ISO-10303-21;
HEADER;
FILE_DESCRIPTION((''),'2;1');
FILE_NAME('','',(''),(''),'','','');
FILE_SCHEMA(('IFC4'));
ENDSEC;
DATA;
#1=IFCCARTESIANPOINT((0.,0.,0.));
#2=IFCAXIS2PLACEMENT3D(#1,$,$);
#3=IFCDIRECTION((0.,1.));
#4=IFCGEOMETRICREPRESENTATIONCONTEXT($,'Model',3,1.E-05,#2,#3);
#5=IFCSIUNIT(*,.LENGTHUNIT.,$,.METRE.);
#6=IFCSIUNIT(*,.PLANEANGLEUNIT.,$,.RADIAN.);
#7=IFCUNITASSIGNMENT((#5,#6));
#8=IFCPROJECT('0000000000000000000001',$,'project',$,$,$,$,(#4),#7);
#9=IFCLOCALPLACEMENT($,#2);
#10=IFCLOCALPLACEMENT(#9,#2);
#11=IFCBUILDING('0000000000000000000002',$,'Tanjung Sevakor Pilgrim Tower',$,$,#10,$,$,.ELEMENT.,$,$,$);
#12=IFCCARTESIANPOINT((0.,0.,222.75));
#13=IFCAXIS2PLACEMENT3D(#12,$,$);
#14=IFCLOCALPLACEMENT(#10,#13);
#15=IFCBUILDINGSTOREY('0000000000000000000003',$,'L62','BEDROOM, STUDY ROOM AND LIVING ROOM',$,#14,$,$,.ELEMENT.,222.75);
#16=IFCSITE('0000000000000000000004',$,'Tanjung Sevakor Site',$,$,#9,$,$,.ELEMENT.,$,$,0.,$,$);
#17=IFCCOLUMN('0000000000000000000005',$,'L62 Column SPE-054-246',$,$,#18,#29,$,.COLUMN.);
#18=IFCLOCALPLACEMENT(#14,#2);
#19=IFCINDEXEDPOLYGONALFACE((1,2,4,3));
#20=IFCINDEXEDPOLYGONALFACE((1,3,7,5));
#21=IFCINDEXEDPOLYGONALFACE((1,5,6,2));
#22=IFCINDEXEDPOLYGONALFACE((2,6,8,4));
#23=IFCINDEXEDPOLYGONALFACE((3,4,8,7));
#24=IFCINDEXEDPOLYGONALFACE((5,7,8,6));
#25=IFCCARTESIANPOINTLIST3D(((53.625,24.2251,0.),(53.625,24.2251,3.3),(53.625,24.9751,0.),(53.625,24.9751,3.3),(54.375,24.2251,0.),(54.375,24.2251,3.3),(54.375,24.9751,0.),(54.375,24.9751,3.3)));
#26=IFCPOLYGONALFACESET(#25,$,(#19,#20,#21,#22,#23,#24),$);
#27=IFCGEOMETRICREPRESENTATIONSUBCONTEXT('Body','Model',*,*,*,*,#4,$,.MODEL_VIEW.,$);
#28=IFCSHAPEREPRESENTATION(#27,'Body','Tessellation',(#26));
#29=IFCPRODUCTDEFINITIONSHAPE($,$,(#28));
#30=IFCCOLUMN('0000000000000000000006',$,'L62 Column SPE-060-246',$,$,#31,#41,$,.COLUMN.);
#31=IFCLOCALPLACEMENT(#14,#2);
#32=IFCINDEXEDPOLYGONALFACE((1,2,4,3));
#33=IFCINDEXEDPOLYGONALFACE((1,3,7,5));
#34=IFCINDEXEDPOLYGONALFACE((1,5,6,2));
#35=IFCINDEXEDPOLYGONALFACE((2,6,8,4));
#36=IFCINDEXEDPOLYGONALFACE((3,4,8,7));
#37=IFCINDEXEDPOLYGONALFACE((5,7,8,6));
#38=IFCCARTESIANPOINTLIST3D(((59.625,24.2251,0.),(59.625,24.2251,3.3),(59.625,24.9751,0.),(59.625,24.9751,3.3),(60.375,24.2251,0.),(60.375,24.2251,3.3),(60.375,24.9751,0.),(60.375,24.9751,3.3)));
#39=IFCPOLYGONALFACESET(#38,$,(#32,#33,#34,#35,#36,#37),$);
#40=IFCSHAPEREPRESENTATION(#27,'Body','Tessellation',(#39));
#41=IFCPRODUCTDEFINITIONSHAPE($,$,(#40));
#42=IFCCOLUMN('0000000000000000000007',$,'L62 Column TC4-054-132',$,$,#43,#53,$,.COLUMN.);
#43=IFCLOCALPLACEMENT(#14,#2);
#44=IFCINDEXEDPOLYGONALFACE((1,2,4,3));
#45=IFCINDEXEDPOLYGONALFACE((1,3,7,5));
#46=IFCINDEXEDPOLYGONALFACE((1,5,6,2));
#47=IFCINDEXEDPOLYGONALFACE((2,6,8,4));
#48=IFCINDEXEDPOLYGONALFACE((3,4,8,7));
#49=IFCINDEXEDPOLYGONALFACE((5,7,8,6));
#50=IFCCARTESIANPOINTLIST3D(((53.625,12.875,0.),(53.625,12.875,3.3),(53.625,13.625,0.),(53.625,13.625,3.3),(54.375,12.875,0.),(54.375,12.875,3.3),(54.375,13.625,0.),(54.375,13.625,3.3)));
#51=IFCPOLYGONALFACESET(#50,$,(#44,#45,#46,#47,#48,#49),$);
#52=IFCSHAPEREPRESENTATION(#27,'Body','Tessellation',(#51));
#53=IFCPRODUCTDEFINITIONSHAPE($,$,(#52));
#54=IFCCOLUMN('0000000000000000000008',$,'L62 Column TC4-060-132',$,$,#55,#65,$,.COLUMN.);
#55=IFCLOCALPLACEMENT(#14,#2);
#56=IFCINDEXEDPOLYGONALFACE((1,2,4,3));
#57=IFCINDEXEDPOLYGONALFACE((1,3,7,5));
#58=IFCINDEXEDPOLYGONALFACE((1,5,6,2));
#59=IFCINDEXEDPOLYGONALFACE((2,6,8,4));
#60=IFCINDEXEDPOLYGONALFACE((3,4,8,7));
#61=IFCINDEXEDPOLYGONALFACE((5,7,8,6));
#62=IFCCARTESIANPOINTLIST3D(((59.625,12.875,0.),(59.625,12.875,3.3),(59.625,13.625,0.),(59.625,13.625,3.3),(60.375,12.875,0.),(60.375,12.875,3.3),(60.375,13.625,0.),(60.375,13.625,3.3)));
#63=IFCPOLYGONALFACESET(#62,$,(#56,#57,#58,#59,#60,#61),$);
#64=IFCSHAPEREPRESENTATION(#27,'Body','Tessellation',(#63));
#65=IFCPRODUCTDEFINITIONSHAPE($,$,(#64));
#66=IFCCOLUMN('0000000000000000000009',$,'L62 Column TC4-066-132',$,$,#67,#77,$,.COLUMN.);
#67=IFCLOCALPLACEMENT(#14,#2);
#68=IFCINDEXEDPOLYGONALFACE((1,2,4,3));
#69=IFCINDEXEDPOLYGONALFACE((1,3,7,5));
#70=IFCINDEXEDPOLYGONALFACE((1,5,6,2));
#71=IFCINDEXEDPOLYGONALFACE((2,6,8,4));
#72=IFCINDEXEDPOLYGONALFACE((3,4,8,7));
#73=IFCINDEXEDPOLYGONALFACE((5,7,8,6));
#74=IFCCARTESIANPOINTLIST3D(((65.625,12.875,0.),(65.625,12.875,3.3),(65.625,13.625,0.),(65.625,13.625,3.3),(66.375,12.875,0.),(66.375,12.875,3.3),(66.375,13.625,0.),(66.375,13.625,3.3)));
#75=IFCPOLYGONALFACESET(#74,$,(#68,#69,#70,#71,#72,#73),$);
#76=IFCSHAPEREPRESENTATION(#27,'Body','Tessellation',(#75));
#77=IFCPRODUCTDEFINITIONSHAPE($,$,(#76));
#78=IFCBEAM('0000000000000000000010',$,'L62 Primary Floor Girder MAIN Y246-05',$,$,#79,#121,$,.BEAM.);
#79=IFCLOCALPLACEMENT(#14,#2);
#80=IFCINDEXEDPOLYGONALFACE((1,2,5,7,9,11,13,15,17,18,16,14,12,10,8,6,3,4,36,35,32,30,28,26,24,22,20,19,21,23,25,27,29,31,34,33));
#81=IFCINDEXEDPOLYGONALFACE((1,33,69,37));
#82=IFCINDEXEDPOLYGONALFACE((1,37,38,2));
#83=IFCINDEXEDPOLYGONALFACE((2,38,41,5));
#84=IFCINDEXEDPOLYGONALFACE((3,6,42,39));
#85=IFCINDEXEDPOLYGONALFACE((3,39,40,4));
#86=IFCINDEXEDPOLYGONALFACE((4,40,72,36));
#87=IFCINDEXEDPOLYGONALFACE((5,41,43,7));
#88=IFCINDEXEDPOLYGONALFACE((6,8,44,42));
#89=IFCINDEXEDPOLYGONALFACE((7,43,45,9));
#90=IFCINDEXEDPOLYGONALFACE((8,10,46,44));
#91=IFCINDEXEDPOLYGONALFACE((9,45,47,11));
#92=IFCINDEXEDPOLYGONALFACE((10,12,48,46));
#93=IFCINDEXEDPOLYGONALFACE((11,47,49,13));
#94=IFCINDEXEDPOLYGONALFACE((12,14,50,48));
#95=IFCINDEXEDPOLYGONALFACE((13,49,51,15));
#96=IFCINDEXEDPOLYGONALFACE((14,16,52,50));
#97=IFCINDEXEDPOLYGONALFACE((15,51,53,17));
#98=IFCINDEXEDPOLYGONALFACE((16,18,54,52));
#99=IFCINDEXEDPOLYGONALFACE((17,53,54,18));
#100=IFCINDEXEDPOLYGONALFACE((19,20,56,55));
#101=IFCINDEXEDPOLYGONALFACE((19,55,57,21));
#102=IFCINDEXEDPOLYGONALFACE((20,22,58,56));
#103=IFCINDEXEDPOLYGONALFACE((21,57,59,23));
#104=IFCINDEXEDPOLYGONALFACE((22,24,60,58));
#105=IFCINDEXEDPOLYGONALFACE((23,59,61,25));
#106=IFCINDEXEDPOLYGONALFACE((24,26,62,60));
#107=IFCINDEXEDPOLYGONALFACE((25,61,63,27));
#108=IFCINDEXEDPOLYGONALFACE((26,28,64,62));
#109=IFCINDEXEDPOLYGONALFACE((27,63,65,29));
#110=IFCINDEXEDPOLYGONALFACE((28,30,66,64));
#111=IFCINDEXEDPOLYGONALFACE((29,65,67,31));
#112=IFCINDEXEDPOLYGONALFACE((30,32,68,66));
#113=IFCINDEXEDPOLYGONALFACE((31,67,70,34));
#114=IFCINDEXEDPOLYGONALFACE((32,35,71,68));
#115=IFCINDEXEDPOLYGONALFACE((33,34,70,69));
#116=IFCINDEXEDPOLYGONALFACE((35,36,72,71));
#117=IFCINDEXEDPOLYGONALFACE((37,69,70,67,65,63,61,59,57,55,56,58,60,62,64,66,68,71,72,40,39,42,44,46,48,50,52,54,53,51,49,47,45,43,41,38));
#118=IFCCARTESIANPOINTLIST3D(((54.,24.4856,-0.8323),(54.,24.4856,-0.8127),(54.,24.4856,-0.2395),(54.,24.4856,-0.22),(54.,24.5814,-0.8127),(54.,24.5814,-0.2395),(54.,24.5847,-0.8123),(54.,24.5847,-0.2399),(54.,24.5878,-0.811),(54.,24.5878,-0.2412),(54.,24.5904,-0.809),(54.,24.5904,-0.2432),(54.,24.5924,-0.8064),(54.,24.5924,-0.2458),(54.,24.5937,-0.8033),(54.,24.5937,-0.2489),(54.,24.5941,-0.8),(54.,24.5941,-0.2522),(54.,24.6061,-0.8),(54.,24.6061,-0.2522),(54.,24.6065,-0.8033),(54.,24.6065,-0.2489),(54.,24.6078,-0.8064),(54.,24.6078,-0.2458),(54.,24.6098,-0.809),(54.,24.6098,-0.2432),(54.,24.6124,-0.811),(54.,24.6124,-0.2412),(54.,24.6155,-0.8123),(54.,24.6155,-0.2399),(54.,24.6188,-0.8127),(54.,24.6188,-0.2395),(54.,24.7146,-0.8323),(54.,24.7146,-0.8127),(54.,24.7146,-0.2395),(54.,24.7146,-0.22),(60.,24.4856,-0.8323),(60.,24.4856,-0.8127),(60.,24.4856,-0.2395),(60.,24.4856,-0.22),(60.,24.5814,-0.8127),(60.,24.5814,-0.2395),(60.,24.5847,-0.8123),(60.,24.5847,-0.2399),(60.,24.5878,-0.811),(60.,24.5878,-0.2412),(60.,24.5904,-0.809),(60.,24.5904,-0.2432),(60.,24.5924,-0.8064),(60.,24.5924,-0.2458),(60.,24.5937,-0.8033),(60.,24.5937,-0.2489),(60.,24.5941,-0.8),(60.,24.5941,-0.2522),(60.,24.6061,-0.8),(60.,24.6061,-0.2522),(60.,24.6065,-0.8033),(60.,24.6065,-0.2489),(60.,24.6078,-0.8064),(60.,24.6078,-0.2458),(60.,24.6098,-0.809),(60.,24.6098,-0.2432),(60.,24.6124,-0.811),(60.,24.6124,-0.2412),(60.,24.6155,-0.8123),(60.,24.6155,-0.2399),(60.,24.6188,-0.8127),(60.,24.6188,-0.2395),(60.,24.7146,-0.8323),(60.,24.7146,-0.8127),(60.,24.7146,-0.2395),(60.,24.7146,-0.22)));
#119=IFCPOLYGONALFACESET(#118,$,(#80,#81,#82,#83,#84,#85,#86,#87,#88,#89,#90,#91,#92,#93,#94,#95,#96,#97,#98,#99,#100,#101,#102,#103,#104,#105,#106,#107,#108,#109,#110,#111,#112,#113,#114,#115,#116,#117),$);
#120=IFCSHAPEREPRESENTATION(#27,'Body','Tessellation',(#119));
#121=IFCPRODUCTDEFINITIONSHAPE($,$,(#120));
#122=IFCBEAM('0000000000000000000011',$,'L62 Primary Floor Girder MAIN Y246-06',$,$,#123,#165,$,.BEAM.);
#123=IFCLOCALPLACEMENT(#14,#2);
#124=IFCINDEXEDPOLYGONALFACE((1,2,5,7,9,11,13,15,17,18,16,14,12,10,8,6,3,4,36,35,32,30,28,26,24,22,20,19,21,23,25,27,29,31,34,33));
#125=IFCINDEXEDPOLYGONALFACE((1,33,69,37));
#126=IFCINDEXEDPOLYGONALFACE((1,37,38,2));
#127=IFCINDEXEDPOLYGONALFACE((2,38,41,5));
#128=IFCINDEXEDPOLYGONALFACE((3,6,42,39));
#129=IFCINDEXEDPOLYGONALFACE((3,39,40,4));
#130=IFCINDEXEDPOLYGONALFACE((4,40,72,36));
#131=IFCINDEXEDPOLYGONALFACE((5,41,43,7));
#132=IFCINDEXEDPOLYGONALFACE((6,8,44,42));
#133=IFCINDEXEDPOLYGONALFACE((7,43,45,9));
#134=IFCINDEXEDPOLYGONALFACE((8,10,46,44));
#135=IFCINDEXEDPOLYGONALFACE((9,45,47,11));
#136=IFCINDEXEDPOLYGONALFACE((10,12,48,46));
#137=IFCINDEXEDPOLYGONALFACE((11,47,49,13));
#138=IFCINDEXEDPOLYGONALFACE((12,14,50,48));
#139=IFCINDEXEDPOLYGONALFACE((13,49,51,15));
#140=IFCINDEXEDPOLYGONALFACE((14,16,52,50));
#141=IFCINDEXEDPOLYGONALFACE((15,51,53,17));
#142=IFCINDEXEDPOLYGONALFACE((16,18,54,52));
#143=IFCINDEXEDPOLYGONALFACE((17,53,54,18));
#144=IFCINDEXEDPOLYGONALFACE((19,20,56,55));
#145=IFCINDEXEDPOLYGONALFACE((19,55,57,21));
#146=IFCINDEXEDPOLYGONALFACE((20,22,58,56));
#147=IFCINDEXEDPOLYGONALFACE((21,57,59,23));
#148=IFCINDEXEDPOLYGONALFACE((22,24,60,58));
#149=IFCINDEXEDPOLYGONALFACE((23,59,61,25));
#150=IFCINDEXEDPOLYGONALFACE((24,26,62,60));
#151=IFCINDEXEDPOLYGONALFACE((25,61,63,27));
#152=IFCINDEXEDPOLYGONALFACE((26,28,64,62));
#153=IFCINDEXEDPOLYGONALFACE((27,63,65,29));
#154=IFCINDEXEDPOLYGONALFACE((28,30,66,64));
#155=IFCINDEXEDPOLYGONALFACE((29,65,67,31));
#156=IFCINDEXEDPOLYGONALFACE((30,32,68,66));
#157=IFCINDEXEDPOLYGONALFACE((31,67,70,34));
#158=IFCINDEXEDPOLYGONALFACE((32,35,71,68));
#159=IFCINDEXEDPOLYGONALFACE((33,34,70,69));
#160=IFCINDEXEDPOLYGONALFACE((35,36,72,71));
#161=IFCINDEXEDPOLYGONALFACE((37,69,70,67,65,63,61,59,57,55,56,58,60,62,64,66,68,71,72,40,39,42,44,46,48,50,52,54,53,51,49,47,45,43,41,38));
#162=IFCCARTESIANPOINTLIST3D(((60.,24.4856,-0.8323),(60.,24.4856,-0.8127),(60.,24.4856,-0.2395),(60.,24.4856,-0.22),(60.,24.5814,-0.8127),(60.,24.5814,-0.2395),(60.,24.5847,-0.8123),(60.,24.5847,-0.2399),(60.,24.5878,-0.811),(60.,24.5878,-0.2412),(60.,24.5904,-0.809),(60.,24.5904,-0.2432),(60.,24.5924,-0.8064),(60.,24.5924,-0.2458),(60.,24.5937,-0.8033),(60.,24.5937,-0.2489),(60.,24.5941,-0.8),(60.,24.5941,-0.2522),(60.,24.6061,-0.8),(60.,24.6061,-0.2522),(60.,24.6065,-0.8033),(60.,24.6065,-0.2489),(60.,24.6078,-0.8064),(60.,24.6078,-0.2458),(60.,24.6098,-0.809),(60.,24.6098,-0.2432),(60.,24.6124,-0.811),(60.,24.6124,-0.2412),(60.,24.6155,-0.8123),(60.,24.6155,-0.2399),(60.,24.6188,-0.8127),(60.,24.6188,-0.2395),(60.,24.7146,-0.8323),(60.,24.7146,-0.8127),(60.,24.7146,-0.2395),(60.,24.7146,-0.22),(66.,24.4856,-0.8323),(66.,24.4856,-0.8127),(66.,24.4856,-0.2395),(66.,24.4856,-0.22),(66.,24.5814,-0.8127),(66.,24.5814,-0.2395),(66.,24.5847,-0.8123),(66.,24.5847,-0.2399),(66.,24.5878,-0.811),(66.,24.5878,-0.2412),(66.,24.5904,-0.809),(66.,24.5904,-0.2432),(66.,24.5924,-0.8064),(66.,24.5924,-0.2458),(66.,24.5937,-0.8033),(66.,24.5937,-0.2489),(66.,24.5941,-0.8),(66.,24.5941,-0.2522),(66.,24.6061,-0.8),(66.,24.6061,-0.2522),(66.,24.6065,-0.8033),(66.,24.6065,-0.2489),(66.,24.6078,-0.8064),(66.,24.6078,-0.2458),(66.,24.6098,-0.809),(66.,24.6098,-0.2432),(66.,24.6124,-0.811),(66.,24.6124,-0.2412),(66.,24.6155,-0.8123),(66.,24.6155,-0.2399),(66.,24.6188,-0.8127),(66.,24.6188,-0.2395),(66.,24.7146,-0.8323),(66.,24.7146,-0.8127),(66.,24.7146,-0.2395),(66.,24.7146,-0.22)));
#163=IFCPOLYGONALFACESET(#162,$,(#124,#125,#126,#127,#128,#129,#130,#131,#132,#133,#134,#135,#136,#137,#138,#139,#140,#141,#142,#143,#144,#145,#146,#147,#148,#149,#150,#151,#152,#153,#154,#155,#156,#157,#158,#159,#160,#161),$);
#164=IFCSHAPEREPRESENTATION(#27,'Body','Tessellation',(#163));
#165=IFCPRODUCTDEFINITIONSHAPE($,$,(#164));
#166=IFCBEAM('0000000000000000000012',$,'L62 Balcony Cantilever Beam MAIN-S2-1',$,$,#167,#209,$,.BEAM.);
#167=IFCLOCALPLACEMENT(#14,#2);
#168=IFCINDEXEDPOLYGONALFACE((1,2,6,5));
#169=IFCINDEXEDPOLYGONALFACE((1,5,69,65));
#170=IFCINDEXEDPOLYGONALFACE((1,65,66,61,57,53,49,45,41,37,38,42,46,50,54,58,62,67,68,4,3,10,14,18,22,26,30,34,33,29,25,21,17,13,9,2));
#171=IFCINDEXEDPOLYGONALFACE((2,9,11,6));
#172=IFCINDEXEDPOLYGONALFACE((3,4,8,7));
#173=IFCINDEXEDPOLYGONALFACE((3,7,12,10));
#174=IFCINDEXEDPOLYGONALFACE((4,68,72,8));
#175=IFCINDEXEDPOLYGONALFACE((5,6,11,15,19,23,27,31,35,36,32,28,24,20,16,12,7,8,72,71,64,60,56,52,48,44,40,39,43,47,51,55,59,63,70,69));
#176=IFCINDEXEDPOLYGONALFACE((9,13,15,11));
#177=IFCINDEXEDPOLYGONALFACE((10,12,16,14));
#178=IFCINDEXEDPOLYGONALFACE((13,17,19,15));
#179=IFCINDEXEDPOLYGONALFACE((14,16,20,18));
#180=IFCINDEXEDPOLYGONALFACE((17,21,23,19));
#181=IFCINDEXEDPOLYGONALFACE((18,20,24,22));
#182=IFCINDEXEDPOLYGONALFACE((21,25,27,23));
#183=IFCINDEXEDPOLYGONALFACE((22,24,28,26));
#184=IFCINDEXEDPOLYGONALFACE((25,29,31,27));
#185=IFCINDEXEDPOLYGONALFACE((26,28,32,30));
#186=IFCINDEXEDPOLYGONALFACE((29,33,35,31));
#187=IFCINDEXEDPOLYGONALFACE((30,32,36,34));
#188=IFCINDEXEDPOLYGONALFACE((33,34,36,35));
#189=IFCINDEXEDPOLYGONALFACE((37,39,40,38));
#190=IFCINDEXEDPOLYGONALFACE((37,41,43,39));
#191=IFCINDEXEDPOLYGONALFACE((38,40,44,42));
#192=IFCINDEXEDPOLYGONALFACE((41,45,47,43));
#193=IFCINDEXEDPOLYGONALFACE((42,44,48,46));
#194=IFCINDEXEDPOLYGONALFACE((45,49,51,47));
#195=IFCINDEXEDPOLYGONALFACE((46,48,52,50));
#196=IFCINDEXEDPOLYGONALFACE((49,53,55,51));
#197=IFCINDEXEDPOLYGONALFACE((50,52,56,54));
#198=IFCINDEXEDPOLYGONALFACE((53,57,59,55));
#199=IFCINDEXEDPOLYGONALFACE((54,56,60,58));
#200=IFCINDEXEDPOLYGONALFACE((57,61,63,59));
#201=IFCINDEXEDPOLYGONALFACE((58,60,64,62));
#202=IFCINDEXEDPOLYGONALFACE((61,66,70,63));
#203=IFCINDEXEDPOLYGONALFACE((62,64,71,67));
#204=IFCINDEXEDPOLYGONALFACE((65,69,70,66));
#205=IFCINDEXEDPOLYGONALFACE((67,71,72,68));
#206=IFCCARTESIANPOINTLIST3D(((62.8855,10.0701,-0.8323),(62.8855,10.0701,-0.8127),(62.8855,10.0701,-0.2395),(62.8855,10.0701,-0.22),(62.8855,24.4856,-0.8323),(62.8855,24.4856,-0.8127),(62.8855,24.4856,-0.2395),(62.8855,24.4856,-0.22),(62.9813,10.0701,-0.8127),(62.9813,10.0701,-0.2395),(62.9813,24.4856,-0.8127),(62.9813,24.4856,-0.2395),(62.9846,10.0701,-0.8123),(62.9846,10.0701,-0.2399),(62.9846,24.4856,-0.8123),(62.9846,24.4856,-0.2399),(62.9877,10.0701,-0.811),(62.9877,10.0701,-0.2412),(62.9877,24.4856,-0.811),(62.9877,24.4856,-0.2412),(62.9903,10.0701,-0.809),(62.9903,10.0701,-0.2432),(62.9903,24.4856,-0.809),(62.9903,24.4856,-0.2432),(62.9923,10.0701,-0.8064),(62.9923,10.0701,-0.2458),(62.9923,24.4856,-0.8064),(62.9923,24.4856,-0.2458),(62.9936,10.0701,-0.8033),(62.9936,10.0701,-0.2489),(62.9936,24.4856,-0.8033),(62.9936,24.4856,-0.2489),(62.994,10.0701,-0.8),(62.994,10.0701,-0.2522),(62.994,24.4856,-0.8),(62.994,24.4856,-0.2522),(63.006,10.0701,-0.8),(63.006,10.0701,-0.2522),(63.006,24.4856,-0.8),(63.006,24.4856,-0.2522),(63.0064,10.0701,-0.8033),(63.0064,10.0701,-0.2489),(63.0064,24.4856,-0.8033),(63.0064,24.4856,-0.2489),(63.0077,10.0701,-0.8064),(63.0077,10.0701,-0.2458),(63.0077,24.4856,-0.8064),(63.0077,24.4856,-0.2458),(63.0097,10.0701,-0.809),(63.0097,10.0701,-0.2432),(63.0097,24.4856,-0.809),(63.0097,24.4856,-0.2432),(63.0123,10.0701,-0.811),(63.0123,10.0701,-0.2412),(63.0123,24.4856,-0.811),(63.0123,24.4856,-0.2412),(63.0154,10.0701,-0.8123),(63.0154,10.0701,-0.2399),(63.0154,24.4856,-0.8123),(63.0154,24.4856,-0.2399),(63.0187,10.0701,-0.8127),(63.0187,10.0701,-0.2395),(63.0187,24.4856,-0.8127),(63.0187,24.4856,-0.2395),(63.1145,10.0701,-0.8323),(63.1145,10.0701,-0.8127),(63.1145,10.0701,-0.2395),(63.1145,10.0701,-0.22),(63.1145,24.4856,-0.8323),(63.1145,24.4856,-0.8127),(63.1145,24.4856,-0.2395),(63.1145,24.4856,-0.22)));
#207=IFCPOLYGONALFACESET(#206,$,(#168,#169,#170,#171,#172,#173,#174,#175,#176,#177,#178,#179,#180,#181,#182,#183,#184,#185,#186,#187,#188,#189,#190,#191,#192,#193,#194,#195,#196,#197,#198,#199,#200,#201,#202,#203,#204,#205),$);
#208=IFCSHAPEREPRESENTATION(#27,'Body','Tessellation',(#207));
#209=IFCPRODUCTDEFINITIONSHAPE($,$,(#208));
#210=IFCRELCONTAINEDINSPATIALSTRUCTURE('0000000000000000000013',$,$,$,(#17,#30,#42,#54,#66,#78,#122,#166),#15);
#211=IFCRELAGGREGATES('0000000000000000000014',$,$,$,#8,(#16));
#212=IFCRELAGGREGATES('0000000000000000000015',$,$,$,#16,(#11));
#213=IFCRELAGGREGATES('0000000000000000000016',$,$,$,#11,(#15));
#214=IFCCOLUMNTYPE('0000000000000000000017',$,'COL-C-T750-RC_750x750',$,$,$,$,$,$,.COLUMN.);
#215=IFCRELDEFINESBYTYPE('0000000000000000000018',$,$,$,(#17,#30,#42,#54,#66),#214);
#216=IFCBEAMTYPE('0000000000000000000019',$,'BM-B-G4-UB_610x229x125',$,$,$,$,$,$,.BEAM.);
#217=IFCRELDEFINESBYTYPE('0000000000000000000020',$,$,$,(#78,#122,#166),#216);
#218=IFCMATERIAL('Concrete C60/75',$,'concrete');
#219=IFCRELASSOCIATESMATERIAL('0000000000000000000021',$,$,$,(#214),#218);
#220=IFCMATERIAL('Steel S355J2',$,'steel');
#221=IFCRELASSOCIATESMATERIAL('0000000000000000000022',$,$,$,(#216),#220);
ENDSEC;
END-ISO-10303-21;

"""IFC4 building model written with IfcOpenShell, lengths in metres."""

from ifc_helpers import new_model, si_unit, direction, frame, origin, origin_2d, place, context, subcontext, project, spatial, rectangle, i_section, extrude, material, material_profile, profile_set, type_object, element, save


model = new_model("IFC4")

# Units and contexts
model_context = context("Model", 3, precision=1e-05, world=origin(), true_north=direction((0.0, 1.0)))
body_context = subcontext(model_context, "Body", "Model", "MODEL_VIEW")
ifc_project = project(units=[si_unit("LENGTHUNIT", "METRE"), si_unit("PLANEANGLEUNIT", "RADIAN")], contexts=[model_context])

# Site, building, storey
site_placement = place(None, origin())
site = spatial("IfcSite", under=ifc_project, at=site_placement, Name="Tanjung Sevakor Site", CompositionType="ELEMENT", RefElevation=0.0)
building_placement = place(site_placement, origin())
building = spatial("IfcBuilding", under=site, at=building_placement, Name="Tanjung Sevakor Pilgrim Tower", CompositionType="ELEMENT")
storey_placement = place(building_placement, frame((0.0, 0.0, 222.75)))
storey = spatial("IfcBuildingStorey", under=building, at=storey_placement, Name="L62", Description="BEDROOM, STUDY ROOM AND LIVING ROOM", CompositionType="ELEMENT", Elevation=222.75)

# Columns
ifc_material_1 = material(Name="Concrete C60/75", Category="concrete")
ifc_material_profile_1 = material_profile(ifc_material_1, rectangle(XDim=0.75, YDim=0.75, at=origin_2d()))
ifc_profile_set_1 = profile_set([ifc_material_profile_1], Name="Concrete C60/75")
column_type = type_object("IfcColumnType", Name="COL-C-T750-RC_750x750", PredefinedType="COLUMN", material=ifc_profile_set_1)
for number, where, z_axis, x_axis, name in (
    (1, (54.0, 24.6001, 0.0), (0.0, 0.0, 1.0), (1.0, 0.0, 0.0), "L62 Column SPE-054-246"),
    (2, (60.0, 24.6001, 0.0), (0.0, 0.0, 1.0), (1.0, 0.0, 0.0), "L62 Column SPE-060-246"),
    (3, (54.0, 13.25, 0.0), (0.0, 0.0, 1.0), (1.0, 0.0, 0.0), "L62 Column TC4-054-132"),
    (4, (60.0, 13.25, 0.0), (0.0, 0.0, 1.0), (1.0, 0.0, 0.0), "L62 Column TC4-060-132"),
    (5, (66.0, 13.25, 0.0), (0.0, 0.0, 1.0), (1.0, 0.0, 0.0), "L62 Column TC4-066-132"),
):
    element("IfcColumn", number, at=place(storey_placement, frame(where, z_axis=z_axis, x_axis=x_axis)), inside=storey, type_object=column_type, Name=name, PredefinedType="COLUMN", context=body_context, shape_type="SweptSolid", body=[
        extrude(rectangle(XDim=0.75, YDim=0.75, at=origin_2d()), origin(), (0.0, 0.0, 1.0), 3.3),
    ])

# Beams
ifc_material_2 = material(Name="Steel S355J2", Category="steel")
ifc_material_profile_2 = material_profile(ifc_material_2, i_section(OverallWidth=0.229, OverallDepth=0.6123, WebThickness=0.012, FlangeThickness=0.0195, FilletRadius=0.0127, at=origin_2d()))
ifc_profile_set_2 = profile_set([ifc_material_profile_2], Name="Steel S355J2")
beam_type_1 = type_object("IfcBeamType", Name="BM-B-G4-UB_610x229x125", PredefinedType="BEAM", material=ifc_profile_set_2)
for number, where, z_axis, x_axis, name in (
    (6, (54.0, 24.6001, -0.5261), (1.0, 0.0, 0.0), (0.0, 1.0, 0.0), "L62 Primary Floor Girder MAIN Y246-05"),
    (7, (60.0, 24.6001, -0.5261), (1.0, 0.0, 0.0), (0.0, 1.0, 0.0), "L62 Primary Floor Girder MAIN Y246-06"),
):
    element("IfcBeam", number, at=place(storey_placement, frame(where, z_axis=z_axis, x_axis=x_axis)), inside=storey, type_object=beam_type_1, Name=name, PredefinedType="BEAM", context=body_context, shape_type="SweptSolid", body=[
        extrude(i_section(OverallWidth=0.229, OverallDepth=0.6123, WebThickness=0.012, FlangeThickness=0.0195, FilletRadius=0.0127, at=origin_2d()), origin(), (0.0, 0.0, 1.0), 6.0),
    ])
beam_1_placement = place(storey_placement, frame((63.0, 24.4856, -0.5261), z_axis=(0.0, -1.0, 0.0), x_axis=(1.0, 0.0, 0.0)))
element("IfcBeam", 8, at=beam_1_placement, inside=storey, type_object=beam_type_1, Name="L62 Balcony Cantilever Beam MAIN-S2-1", PredefinedType="BEAM", context=body_context, shape_type="SweptSolid", body=[
    extrude(i_section(OverallWidth=0.229, OverallDepth=0.6123, WebThickness=0.012, FlangeThickness=0.0195, FilletRadius=0.0127, at=origin_2d()), origin(), (0.0, 0.0, 1.0), 14.4155),
])

save(model, "model.ifc")
